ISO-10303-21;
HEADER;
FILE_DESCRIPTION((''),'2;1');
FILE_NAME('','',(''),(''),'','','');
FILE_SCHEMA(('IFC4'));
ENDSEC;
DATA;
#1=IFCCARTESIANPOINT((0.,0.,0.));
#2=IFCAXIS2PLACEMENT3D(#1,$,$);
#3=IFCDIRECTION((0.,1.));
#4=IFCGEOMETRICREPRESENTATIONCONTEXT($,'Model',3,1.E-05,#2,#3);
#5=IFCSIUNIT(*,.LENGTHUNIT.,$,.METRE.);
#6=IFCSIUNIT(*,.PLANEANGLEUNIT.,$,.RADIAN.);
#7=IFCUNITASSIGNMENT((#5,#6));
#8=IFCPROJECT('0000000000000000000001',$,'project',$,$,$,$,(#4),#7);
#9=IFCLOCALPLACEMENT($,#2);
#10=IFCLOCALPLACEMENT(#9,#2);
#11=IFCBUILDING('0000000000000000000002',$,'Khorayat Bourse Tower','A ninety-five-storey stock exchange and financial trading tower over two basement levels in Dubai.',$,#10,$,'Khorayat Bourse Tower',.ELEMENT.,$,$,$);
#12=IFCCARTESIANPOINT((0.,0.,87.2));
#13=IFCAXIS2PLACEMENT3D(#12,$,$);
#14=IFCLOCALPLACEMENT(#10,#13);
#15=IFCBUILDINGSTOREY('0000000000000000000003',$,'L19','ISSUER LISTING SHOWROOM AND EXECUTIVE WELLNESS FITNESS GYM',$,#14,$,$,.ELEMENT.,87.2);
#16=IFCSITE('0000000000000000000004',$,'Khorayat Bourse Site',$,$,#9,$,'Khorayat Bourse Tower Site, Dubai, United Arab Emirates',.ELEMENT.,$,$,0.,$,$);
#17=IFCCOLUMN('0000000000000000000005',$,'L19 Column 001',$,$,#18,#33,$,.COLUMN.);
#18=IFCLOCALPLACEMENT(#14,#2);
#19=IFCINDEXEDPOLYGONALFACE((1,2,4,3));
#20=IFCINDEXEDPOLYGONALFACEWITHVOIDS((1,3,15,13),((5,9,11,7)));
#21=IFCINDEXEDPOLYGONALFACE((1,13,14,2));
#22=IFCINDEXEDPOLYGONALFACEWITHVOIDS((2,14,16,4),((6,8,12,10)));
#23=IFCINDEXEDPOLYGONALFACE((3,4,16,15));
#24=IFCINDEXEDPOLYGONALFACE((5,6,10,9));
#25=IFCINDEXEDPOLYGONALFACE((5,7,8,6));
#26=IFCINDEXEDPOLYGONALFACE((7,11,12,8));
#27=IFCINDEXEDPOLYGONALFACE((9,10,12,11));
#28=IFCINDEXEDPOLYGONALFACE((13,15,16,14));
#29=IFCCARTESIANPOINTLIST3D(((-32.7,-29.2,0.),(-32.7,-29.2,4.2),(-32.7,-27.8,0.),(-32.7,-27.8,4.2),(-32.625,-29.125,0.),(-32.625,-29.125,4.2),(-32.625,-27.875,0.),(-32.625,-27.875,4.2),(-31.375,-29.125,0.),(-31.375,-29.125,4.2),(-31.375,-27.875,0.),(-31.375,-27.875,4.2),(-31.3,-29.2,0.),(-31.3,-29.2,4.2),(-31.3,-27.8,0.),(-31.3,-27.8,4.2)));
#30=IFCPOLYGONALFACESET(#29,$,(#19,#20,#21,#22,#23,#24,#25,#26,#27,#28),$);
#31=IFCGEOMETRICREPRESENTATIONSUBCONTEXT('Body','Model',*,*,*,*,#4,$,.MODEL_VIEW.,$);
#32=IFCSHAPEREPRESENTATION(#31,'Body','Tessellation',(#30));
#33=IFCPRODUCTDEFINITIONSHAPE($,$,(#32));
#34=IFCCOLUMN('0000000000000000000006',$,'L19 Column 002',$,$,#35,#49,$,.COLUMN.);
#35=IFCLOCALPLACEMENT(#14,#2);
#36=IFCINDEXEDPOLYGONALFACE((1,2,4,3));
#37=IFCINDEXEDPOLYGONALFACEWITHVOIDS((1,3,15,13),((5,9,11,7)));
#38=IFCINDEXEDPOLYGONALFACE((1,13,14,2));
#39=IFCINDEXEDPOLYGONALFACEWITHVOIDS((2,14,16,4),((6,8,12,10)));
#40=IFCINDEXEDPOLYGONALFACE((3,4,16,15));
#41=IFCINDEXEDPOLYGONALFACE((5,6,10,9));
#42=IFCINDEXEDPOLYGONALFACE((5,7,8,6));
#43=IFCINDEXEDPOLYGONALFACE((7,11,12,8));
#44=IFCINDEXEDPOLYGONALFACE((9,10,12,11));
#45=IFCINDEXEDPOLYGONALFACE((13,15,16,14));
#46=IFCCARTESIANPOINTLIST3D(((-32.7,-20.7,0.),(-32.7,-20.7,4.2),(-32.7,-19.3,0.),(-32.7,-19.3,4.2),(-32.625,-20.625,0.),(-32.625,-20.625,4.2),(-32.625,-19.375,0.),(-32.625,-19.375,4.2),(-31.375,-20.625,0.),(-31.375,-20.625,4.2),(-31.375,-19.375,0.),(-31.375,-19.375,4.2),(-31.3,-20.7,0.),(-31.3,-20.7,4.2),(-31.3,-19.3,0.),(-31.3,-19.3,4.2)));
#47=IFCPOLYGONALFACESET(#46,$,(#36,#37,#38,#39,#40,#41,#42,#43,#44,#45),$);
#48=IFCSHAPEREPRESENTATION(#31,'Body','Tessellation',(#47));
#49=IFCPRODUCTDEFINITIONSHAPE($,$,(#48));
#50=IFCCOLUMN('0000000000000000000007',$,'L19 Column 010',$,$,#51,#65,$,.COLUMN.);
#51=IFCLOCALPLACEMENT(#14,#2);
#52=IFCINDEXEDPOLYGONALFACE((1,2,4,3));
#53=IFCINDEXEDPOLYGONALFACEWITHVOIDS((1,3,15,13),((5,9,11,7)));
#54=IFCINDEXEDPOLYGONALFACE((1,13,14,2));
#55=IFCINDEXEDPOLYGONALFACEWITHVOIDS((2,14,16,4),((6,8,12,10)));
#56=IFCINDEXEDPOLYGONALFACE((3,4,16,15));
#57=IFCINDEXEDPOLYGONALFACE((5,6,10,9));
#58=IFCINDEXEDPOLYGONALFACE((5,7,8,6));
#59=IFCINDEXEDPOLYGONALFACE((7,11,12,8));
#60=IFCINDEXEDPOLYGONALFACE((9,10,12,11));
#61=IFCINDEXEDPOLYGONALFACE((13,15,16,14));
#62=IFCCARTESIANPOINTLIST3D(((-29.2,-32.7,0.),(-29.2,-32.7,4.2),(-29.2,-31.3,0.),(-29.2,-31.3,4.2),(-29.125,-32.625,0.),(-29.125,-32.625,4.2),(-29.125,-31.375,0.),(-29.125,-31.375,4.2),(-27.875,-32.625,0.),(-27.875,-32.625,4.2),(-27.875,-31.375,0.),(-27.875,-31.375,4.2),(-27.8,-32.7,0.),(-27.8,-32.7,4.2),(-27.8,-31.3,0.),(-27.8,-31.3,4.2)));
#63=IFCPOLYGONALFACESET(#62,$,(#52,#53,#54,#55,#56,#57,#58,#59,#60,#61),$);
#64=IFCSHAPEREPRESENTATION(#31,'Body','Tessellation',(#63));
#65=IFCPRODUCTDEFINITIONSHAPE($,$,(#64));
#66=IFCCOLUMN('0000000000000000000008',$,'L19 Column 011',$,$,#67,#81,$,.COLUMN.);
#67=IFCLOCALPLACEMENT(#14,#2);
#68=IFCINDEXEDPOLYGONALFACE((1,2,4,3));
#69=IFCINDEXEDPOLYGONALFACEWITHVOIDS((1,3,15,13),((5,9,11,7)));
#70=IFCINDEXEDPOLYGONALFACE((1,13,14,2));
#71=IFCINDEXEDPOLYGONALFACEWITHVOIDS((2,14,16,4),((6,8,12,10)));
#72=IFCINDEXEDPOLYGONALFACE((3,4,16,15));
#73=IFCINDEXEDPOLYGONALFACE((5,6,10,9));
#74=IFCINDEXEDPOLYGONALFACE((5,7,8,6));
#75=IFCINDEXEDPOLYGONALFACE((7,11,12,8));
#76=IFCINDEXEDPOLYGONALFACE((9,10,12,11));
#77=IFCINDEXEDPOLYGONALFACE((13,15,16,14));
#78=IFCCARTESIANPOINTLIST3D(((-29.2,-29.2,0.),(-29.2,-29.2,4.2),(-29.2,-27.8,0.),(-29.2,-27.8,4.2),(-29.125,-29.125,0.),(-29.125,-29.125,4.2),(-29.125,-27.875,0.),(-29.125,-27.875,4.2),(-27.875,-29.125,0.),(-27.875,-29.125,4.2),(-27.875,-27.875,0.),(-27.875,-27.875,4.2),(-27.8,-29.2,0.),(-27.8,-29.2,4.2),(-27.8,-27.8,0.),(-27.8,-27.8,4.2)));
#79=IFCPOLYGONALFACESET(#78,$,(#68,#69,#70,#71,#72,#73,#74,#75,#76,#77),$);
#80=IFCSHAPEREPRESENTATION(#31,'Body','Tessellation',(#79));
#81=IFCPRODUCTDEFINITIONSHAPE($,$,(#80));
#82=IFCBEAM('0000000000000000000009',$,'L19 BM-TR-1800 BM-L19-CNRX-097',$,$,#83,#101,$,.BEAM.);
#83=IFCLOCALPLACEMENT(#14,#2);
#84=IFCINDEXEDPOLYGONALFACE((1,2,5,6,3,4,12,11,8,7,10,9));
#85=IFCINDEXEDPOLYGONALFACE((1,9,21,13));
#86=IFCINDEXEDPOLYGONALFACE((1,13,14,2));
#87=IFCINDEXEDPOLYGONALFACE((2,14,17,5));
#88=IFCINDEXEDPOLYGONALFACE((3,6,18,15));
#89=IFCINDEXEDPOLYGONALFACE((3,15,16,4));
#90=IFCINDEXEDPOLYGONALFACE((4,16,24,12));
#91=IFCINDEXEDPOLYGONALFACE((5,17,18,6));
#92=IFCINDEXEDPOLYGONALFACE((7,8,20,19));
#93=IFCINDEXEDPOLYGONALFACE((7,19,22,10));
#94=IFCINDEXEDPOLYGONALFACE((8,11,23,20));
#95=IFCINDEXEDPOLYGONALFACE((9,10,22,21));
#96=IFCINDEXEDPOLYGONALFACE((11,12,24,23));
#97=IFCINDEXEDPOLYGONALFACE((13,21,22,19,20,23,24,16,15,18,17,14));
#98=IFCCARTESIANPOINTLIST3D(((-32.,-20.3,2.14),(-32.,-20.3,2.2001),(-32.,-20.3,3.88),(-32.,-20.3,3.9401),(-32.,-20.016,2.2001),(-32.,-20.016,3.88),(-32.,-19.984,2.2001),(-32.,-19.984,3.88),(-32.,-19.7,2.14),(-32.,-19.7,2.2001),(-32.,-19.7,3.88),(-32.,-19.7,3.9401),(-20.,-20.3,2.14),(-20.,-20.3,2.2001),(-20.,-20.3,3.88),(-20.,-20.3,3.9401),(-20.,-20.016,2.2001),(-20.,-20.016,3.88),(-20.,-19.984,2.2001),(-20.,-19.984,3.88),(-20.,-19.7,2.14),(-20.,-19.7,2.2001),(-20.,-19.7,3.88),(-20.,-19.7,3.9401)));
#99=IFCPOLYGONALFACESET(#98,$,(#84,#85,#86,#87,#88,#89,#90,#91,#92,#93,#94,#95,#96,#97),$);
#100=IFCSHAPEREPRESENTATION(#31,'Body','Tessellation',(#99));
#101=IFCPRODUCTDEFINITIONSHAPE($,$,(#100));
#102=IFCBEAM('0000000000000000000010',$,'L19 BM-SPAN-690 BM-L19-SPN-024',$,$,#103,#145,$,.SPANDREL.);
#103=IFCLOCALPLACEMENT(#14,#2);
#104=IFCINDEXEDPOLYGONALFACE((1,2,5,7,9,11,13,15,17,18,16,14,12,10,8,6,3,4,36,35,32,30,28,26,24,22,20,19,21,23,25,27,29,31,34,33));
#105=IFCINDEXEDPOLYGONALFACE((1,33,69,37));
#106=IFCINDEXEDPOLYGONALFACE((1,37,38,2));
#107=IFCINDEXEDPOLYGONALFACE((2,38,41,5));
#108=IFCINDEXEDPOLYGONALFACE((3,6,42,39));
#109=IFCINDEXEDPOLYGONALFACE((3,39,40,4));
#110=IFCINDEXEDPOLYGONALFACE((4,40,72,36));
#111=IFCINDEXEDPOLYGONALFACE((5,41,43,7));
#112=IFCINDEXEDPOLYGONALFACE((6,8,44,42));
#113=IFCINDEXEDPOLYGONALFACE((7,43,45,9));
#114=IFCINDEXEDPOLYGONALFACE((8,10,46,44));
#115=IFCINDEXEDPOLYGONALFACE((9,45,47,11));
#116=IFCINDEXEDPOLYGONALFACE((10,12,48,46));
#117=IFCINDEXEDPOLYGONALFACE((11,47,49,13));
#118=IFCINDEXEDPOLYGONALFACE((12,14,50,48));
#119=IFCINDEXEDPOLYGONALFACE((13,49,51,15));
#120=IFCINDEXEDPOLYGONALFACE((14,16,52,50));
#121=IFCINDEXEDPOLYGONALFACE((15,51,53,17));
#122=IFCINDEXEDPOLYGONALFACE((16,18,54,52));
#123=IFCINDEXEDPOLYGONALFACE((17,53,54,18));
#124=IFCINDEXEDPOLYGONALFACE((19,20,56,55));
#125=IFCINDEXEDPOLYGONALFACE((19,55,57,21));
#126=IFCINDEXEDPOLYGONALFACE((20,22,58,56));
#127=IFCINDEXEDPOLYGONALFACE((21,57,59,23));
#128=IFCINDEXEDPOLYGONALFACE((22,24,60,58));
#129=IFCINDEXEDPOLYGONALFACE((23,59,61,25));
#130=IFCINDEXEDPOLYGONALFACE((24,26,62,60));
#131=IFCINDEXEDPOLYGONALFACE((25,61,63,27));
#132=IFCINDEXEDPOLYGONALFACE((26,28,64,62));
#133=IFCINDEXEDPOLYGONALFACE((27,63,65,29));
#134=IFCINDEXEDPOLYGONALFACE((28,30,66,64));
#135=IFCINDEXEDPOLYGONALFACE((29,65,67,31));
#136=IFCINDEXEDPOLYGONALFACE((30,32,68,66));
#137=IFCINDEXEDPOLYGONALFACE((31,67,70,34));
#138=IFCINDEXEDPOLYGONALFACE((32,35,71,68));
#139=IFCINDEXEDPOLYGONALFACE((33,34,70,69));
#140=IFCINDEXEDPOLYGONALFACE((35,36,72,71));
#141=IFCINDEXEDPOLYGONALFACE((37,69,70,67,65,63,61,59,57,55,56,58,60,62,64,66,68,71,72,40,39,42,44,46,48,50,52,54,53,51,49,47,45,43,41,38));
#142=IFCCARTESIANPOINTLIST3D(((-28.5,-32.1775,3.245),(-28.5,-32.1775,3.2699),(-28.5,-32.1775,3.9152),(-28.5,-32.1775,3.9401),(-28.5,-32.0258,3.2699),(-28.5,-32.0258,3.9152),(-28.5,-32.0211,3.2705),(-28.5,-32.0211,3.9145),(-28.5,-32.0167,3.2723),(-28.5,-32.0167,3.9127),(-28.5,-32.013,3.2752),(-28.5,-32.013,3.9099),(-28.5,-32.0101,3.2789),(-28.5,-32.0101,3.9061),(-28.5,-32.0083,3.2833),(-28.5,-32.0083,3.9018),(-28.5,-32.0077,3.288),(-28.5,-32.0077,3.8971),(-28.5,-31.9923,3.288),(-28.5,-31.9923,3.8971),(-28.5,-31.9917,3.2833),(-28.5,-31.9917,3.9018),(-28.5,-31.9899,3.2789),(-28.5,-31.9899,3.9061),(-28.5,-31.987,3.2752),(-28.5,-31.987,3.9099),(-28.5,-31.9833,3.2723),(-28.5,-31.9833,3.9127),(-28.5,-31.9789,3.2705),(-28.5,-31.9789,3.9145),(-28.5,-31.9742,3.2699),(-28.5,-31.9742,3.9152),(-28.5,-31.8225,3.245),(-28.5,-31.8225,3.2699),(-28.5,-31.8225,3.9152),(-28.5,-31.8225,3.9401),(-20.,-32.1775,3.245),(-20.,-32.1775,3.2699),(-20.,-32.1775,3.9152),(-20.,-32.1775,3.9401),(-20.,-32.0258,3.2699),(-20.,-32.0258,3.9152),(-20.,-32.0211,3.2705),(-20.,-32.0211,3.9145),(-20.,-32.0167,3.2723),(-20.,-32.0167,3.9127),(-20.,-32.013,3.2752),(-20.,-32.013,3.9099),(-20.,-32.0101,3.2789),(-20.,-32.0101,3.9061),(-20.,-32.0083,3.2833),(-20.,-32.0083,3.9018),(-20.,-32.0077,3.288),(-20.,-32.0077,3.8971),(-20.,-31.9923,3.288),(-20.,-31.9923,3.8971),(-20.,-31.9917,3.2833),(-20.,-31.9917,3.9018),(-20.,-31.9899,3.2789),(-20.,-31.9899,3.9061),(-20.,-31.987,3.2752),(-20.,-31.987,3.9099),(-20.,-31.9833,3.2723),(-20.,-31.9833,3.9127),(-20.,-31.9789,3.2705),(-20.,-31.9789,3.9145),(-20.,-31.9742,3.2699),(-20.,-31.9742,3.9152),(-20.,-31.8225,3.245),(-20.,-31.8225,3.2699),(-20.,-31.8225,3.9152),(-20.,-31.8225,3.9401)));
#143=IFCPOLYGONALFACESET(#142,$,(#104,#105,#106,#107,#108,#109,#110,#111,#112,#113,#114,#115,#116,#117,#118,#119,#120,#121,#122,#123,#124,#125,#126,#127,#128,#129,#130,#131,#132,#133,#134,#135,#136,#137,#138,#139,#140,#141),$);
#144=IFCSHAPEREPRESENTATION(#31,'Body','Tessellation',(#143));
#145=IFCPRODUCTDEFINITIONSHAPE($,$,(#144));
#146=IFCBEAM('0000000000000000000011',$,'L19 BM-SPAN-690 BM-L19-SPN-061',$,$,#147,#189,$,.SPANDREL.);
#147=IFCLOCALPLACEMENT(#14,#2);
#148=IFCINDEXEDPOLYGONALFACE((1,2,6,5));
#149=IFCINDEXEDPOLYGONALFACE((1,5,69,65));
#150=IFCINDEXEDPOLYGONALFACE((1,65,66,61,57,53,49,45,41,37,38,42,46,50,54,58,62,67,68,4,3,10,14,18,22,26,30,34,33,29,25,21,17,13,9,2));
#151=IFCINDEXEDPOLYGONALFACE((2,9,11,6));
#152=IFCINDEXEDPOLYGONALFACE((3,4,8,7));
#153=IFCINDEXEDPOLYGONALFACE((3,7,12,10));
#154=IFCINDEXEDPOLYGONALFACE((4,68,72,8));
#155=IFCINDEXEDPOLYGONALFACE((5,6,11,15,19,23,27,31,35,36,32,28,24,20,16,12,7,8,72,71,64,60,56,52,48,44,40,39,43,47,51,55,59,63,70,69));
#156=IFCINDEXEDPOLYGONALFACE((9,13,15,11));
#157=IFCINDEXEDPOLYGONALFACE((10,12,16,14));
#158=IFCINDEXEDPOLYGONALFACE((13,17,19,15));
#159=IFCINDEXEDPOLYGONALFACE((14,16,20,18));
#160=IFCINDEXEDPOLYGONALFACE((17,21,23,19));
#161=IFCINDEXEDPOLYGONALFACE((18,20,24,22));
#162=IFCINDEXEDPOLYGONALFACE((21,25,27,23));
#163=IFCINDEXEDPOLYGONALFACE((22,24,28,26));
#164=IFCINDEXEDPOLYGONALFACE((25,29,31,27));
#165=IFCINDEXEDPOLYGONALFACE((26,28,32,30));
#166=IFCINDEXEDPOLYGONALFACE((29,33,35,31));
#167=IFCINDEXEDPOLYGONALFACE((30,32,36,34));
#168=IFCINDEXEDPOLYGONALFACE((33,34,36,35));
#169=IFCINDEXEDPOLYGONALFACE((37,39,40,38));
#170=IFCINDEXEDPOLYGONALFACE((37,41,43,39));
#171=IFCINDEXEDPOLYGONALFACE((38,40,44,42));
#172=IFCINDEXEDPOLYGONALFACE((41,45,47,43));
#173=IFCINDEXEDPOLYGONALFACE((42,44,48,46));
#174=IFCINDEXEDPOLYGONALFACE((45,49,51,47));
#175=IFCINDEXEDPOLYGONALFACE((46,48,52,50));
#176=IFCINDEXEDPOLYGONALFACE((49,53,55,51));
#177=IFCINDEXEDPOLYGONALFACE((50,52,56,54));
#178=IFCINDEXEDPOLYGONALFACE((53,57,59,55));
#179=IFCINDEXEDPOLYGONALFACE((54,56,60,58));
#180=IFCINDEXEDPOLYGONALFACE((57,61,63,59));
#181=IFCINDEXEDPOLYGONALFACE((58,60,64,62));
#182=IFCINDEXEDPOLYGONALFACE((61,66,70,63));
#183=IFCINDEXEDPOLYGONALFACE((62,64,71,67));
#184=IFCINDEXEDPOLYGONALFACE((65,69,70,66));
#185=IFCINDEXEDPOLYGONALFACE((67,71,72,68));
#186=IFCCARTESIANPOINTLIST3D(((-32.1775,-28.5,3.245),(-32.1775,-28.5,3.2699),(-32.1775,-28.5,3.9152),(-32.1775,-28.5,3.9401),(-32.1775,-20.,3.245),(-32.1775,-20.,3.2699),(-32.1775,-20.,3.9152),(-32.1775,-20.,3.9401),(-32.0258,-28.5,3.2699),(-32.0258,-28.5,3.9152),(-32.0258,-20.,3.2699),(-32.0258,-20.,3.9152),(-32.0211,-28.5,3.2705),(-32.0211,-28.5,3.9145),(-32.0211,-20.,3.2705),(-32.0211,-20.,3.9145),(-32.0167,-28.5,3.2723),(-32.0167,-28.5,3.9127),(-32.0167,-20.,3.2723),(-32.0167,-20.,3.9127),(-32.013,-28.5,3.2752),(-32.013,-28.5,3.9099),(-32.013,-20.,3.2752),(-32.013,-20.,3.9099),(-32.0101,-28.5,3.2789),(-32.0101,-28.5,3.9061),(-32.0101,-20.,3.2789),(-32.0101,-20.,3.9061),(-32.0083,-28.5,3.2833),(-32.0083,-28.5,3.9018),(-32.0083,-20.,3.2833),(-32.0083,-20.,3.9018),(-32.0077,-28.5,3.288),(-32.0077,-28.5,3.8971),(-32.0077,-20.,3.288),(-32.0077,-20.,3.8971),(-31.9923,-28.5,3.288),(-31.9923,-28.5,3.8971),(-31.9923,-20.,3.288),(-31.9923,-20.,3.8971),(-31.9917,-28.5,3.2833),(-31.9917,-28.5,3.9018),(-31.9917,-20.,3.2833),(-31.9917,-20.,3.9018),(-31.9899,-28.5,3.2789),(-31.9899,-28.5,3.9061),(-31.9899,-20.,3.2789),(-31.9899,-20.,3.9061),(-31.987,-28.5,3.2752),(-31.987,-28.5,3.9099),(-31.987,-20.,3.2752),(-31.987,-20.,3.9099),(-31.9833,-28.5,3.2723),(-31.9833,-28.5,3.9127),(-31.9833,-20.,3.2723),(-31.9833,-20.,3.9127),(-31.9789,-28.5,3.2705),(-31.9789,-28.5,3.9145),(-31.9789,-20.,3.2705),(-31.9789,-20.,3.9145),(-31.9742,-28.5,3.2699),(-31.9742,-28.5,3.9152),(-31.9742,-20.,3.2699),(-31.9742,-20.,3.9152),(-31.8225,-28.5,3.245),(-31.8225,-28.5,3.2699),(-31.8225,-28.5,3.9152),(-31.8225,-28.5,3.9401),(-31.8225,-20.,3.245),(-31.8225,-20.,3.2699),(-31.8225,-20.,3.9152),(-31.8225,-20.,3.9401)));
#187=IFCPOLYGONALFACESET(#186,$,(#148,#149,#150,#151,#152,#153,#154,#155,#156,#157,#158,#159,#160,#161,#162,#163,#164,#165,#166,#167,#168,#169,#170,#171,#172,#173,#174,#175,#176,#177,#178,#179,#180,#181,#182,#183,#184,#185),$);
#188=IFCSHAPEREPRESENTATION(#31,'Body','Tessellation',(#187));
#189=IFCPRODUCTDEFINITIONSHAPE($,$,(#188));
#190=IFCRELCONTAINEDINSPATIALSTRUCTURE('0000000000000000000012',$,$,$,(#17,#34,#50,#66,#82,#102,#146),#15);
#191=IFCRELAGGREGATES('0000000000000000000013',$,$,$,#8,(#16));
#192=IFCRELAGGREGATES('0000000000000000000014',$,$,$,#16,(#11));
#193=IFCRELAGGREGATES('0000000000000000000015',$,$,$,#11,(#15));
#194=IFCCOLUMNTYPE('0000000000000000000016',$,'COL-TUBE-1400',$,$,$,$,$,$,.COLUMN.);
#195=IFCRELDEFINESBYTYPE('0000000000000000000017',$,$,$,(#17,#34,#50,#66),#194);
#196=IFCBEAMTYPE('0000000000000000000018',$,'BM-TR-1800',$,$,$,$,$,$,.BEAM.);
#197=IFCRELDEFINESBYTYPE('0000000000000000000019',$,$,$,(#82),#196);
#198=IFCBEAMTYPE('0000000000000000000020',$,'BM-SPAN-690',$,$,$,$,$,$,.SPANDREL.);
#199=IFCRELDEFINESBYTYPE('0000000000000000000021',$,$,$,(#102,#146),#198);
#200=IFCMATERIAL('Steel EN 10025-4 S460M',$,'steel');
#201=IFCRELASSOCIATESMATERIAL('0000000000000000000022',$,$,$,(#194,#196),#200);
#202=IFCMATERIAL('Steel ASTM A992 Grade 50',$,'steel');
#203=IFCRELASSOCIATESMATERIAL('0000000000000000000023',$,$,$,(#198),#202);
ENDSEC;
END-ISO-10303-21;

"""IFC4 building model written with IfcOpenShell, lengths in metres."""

from ifc_helpers import new_model, si_unit, direction, frame, origin, origin_2d, place, context, subcontext, project, spatial, hollow_rectangle, i_section, extrude, source, transform, mapped, material, material_profile, profile_set, type_object, element, save


model = new_model("IFC4")

# Units and contexts
model_context = context("Model", 3, precision=1e-05, world=origin(), true_north=direction((0.0, 1.0)))
body_context = subcontext(model_context, "Body", "Model", "MODEL_VIEW")
ifc_project = project(units=[si_unit("LENGTHUNIT", "METRE"), si_unit("PLANEANGLEUNIT", "RADIAN")], contexts=[model_context])

# Site, building, storey
site_placement = place(None, origin())
site = spatial("IfcSite", under=ifc_project, at=site_placement, Name="Khorayat Bourse Site", LongName="Khorayat Bourse Tower Site, Dubai, United Arab Emirates", CompositionType="ELEMENT", RefElevation=0.0)
building_placement = place(site_placement, origin())
building = spatial("IfcBuilding", under=site, at=building_placement, Name="Khorayat Bourse Tower", Description="A ninety-five-storey stock exchange and financial trading tower over two basement levels in Dubai.", LongName="Khorayat Bourse Tower", CompositionType="ELEMENT")
storey_placement = place(building_placement, frame((0.0, 0.0, 87.2)))
storey = spatial("IfcBuildingStorey", under=building, at=storey_placement, Name="L19", Description="ISSUER LISTING SHOWROOM AND EXECUTIVE WELLNESS FITNESS GYM", CompositionType="ELEMENT", Elevation=87.2)

# Columns
ifc_material_1 = material(Name="Steel EN 10025-4 S460M", Category="steel")
ifc_material_profile_1 = material_profile(ifc_material_1, hollow_rectangle(XDim=1.3999, YDim=1.3999, WallThickness=0.075, at=origin_2d()), Name="BOX 1400x1400x75")
ifc_profile_set_1 = profile_set([ifc_material_profile_1], Name="Steel EN 10025-4 S460M")
column_type = type_object("IfcColumnType", Name="COL-TUBE-1400", PredefinedType="COLUMN", material=ifc_profile_set_1)
shared_shape_1 = source(origin(), body_context, "Body", "SweptSolid", [
    extrude(hollow_rectangle(XDim=1.3999, YDim=1.3999, WallThickness=0.075, at=origin_2d()), origin(), (0.0, 0.0, 1.0), 4.2),
])
for number, where, z_axis, x_axis, name in (
    (1, (-32.0, -28.5, 0.0), (0.0, 0.0, 1.0), (1.0, 0.0, 0.0), "L19 Column 001"),
    (2, (-32.0, -20.0, 0.0), (0.0, 0.0, 1.0), (1.0, 0.0, 0.0), "L19 Column 002"),
    (3, (-28.5, -32.0, 0.0), (0.0, 0.0, 1.0), (1.0, 0.0, 0.0), "L19 Column 010"),
    (4, (-28.5, -28.5, 0.0), (0.0, 0.0, 1.0), (1.0, 0.0, 0.0), "L19 Column 011"),
):
    element("IfcColumn", number, at=place(storey_placement, frame(where, z_axis=z_axis, x_axis=x_axis)), inside=storey, type_object=column_type, Name=name, PredefinedType="COLUMN", context=body_context, shape_type="MappedRepresentation", body=[
        mapped(shared_shape_1, transform((0.0, 0.0, 0.0), scale=1.0)),
    ])

# Beams
ifc_material_profile_2 = material_profile(ifc_material_1, i_section(OverallWidth=0.6001, OverallDepth=1.8, WebThickness=0.032, FlangeThickness=0.0601, at=origin_2d()), Name="PG 1800x600x32x60")
ifc_profile_set_2 = profile_set([ifc_material_profile_2], Name="Steel EN 10025-4 S460M")
beam_type_1 = type_object("IfcBeamType", Name="BM-TR-1800", PredefinedType="BEAM", material=ifc_profile_set_2)
shared_shape_2 = source(origin(), body_context, "Body", "SweptSolid", [
    extrude(i_section(OverallWidth=0.6001, OverallDepth=1.8, WebThickness=0.032, FlangeThickness=0.0601, at=origin_2d()), origin(), (0.0, 0.0, 1.0), 12.0),
])
beam_1_placement = place(storey_placement, frame((-32.0, -20.0, 3.04), z_axis=(1.0, 0.0, 0.0), x_axis=(0.0, 1.0, 0.0)))
element("IfcBeam", 5, at=beam_1_placement, inside=storey, type_object=beam_type_1, Name="L19 BM-TR-1800 BM-L19-CNRX-097", PredefinedType="BEAM", context=body_context, shape_type="MappedRepresentation", body=[
    mapped(shared_shape_2, transform((0.0, 0.0, 0.0), scale=1.0)),
])
ifc_material_2 = material(Name="Steel ASTM A992 Grade 50", Category="steel")
ifc_material_profile_3 = material_profile(ifc_material_2, i_section(OverallWidth=0.355, OverallDepth=0.6951, WebThickness=0.0154, FlangeThickness=0.0249, FilletRadius=0.0181, at=origin_2d()), Name="W690X217")
ifc_profile_set_3 = profile_set([ifc_material_profile_3], Name="Steel ASTM A992 Grade 50")
beam_type_2 = type_object("IfcBeamType", Name="BM-SPAN-690", PredefinedType="SPANDREL", material=ifc_profile_set_3)
shared_shape_3 = source(origin(), body_context, "Body", "SweptSolid", [
    extrude(i_section(OverallWidth=0.355, OverallDepth=0.6951, WebThickness=0.0154, FlangeThickness=0.0249, FilletRadius=0.0181, at=origin_2d()), origin(), (0.0, 0.0, 1.0), 8.5),
])
for number, where, z_axis, x_axis, name in (
    (6, (-28.5, -32.0, 3.5925), (1.0, 0.0, 0.0), (0.0, 1.0, 0.0), "L19 BM-SPAN-690 BM-L19-SPN-024"),
    (7, (-32.0, -28.5, 3.5925), (0.0, 1.0, 0.0), (-1.0, 0.0, 0.0), "L19 BM-SPAN-690 BM-L19-SPN-061"),
):
    element("IfcBeam", number, at=place(storey_placement, frame(where, z_axis=z_axis, x_axis=x_axis)), inside=storey, type_object=beam_type_2, Name=name, PredefinedType="SPANDREL", context=body_context, shape_type="MappedRepresentation", body=[
        mapped(shared_shape_3, transform((0.0, 0.0, 0.0), scale=1.0)),
    ])

save(model, "model.ifc")
